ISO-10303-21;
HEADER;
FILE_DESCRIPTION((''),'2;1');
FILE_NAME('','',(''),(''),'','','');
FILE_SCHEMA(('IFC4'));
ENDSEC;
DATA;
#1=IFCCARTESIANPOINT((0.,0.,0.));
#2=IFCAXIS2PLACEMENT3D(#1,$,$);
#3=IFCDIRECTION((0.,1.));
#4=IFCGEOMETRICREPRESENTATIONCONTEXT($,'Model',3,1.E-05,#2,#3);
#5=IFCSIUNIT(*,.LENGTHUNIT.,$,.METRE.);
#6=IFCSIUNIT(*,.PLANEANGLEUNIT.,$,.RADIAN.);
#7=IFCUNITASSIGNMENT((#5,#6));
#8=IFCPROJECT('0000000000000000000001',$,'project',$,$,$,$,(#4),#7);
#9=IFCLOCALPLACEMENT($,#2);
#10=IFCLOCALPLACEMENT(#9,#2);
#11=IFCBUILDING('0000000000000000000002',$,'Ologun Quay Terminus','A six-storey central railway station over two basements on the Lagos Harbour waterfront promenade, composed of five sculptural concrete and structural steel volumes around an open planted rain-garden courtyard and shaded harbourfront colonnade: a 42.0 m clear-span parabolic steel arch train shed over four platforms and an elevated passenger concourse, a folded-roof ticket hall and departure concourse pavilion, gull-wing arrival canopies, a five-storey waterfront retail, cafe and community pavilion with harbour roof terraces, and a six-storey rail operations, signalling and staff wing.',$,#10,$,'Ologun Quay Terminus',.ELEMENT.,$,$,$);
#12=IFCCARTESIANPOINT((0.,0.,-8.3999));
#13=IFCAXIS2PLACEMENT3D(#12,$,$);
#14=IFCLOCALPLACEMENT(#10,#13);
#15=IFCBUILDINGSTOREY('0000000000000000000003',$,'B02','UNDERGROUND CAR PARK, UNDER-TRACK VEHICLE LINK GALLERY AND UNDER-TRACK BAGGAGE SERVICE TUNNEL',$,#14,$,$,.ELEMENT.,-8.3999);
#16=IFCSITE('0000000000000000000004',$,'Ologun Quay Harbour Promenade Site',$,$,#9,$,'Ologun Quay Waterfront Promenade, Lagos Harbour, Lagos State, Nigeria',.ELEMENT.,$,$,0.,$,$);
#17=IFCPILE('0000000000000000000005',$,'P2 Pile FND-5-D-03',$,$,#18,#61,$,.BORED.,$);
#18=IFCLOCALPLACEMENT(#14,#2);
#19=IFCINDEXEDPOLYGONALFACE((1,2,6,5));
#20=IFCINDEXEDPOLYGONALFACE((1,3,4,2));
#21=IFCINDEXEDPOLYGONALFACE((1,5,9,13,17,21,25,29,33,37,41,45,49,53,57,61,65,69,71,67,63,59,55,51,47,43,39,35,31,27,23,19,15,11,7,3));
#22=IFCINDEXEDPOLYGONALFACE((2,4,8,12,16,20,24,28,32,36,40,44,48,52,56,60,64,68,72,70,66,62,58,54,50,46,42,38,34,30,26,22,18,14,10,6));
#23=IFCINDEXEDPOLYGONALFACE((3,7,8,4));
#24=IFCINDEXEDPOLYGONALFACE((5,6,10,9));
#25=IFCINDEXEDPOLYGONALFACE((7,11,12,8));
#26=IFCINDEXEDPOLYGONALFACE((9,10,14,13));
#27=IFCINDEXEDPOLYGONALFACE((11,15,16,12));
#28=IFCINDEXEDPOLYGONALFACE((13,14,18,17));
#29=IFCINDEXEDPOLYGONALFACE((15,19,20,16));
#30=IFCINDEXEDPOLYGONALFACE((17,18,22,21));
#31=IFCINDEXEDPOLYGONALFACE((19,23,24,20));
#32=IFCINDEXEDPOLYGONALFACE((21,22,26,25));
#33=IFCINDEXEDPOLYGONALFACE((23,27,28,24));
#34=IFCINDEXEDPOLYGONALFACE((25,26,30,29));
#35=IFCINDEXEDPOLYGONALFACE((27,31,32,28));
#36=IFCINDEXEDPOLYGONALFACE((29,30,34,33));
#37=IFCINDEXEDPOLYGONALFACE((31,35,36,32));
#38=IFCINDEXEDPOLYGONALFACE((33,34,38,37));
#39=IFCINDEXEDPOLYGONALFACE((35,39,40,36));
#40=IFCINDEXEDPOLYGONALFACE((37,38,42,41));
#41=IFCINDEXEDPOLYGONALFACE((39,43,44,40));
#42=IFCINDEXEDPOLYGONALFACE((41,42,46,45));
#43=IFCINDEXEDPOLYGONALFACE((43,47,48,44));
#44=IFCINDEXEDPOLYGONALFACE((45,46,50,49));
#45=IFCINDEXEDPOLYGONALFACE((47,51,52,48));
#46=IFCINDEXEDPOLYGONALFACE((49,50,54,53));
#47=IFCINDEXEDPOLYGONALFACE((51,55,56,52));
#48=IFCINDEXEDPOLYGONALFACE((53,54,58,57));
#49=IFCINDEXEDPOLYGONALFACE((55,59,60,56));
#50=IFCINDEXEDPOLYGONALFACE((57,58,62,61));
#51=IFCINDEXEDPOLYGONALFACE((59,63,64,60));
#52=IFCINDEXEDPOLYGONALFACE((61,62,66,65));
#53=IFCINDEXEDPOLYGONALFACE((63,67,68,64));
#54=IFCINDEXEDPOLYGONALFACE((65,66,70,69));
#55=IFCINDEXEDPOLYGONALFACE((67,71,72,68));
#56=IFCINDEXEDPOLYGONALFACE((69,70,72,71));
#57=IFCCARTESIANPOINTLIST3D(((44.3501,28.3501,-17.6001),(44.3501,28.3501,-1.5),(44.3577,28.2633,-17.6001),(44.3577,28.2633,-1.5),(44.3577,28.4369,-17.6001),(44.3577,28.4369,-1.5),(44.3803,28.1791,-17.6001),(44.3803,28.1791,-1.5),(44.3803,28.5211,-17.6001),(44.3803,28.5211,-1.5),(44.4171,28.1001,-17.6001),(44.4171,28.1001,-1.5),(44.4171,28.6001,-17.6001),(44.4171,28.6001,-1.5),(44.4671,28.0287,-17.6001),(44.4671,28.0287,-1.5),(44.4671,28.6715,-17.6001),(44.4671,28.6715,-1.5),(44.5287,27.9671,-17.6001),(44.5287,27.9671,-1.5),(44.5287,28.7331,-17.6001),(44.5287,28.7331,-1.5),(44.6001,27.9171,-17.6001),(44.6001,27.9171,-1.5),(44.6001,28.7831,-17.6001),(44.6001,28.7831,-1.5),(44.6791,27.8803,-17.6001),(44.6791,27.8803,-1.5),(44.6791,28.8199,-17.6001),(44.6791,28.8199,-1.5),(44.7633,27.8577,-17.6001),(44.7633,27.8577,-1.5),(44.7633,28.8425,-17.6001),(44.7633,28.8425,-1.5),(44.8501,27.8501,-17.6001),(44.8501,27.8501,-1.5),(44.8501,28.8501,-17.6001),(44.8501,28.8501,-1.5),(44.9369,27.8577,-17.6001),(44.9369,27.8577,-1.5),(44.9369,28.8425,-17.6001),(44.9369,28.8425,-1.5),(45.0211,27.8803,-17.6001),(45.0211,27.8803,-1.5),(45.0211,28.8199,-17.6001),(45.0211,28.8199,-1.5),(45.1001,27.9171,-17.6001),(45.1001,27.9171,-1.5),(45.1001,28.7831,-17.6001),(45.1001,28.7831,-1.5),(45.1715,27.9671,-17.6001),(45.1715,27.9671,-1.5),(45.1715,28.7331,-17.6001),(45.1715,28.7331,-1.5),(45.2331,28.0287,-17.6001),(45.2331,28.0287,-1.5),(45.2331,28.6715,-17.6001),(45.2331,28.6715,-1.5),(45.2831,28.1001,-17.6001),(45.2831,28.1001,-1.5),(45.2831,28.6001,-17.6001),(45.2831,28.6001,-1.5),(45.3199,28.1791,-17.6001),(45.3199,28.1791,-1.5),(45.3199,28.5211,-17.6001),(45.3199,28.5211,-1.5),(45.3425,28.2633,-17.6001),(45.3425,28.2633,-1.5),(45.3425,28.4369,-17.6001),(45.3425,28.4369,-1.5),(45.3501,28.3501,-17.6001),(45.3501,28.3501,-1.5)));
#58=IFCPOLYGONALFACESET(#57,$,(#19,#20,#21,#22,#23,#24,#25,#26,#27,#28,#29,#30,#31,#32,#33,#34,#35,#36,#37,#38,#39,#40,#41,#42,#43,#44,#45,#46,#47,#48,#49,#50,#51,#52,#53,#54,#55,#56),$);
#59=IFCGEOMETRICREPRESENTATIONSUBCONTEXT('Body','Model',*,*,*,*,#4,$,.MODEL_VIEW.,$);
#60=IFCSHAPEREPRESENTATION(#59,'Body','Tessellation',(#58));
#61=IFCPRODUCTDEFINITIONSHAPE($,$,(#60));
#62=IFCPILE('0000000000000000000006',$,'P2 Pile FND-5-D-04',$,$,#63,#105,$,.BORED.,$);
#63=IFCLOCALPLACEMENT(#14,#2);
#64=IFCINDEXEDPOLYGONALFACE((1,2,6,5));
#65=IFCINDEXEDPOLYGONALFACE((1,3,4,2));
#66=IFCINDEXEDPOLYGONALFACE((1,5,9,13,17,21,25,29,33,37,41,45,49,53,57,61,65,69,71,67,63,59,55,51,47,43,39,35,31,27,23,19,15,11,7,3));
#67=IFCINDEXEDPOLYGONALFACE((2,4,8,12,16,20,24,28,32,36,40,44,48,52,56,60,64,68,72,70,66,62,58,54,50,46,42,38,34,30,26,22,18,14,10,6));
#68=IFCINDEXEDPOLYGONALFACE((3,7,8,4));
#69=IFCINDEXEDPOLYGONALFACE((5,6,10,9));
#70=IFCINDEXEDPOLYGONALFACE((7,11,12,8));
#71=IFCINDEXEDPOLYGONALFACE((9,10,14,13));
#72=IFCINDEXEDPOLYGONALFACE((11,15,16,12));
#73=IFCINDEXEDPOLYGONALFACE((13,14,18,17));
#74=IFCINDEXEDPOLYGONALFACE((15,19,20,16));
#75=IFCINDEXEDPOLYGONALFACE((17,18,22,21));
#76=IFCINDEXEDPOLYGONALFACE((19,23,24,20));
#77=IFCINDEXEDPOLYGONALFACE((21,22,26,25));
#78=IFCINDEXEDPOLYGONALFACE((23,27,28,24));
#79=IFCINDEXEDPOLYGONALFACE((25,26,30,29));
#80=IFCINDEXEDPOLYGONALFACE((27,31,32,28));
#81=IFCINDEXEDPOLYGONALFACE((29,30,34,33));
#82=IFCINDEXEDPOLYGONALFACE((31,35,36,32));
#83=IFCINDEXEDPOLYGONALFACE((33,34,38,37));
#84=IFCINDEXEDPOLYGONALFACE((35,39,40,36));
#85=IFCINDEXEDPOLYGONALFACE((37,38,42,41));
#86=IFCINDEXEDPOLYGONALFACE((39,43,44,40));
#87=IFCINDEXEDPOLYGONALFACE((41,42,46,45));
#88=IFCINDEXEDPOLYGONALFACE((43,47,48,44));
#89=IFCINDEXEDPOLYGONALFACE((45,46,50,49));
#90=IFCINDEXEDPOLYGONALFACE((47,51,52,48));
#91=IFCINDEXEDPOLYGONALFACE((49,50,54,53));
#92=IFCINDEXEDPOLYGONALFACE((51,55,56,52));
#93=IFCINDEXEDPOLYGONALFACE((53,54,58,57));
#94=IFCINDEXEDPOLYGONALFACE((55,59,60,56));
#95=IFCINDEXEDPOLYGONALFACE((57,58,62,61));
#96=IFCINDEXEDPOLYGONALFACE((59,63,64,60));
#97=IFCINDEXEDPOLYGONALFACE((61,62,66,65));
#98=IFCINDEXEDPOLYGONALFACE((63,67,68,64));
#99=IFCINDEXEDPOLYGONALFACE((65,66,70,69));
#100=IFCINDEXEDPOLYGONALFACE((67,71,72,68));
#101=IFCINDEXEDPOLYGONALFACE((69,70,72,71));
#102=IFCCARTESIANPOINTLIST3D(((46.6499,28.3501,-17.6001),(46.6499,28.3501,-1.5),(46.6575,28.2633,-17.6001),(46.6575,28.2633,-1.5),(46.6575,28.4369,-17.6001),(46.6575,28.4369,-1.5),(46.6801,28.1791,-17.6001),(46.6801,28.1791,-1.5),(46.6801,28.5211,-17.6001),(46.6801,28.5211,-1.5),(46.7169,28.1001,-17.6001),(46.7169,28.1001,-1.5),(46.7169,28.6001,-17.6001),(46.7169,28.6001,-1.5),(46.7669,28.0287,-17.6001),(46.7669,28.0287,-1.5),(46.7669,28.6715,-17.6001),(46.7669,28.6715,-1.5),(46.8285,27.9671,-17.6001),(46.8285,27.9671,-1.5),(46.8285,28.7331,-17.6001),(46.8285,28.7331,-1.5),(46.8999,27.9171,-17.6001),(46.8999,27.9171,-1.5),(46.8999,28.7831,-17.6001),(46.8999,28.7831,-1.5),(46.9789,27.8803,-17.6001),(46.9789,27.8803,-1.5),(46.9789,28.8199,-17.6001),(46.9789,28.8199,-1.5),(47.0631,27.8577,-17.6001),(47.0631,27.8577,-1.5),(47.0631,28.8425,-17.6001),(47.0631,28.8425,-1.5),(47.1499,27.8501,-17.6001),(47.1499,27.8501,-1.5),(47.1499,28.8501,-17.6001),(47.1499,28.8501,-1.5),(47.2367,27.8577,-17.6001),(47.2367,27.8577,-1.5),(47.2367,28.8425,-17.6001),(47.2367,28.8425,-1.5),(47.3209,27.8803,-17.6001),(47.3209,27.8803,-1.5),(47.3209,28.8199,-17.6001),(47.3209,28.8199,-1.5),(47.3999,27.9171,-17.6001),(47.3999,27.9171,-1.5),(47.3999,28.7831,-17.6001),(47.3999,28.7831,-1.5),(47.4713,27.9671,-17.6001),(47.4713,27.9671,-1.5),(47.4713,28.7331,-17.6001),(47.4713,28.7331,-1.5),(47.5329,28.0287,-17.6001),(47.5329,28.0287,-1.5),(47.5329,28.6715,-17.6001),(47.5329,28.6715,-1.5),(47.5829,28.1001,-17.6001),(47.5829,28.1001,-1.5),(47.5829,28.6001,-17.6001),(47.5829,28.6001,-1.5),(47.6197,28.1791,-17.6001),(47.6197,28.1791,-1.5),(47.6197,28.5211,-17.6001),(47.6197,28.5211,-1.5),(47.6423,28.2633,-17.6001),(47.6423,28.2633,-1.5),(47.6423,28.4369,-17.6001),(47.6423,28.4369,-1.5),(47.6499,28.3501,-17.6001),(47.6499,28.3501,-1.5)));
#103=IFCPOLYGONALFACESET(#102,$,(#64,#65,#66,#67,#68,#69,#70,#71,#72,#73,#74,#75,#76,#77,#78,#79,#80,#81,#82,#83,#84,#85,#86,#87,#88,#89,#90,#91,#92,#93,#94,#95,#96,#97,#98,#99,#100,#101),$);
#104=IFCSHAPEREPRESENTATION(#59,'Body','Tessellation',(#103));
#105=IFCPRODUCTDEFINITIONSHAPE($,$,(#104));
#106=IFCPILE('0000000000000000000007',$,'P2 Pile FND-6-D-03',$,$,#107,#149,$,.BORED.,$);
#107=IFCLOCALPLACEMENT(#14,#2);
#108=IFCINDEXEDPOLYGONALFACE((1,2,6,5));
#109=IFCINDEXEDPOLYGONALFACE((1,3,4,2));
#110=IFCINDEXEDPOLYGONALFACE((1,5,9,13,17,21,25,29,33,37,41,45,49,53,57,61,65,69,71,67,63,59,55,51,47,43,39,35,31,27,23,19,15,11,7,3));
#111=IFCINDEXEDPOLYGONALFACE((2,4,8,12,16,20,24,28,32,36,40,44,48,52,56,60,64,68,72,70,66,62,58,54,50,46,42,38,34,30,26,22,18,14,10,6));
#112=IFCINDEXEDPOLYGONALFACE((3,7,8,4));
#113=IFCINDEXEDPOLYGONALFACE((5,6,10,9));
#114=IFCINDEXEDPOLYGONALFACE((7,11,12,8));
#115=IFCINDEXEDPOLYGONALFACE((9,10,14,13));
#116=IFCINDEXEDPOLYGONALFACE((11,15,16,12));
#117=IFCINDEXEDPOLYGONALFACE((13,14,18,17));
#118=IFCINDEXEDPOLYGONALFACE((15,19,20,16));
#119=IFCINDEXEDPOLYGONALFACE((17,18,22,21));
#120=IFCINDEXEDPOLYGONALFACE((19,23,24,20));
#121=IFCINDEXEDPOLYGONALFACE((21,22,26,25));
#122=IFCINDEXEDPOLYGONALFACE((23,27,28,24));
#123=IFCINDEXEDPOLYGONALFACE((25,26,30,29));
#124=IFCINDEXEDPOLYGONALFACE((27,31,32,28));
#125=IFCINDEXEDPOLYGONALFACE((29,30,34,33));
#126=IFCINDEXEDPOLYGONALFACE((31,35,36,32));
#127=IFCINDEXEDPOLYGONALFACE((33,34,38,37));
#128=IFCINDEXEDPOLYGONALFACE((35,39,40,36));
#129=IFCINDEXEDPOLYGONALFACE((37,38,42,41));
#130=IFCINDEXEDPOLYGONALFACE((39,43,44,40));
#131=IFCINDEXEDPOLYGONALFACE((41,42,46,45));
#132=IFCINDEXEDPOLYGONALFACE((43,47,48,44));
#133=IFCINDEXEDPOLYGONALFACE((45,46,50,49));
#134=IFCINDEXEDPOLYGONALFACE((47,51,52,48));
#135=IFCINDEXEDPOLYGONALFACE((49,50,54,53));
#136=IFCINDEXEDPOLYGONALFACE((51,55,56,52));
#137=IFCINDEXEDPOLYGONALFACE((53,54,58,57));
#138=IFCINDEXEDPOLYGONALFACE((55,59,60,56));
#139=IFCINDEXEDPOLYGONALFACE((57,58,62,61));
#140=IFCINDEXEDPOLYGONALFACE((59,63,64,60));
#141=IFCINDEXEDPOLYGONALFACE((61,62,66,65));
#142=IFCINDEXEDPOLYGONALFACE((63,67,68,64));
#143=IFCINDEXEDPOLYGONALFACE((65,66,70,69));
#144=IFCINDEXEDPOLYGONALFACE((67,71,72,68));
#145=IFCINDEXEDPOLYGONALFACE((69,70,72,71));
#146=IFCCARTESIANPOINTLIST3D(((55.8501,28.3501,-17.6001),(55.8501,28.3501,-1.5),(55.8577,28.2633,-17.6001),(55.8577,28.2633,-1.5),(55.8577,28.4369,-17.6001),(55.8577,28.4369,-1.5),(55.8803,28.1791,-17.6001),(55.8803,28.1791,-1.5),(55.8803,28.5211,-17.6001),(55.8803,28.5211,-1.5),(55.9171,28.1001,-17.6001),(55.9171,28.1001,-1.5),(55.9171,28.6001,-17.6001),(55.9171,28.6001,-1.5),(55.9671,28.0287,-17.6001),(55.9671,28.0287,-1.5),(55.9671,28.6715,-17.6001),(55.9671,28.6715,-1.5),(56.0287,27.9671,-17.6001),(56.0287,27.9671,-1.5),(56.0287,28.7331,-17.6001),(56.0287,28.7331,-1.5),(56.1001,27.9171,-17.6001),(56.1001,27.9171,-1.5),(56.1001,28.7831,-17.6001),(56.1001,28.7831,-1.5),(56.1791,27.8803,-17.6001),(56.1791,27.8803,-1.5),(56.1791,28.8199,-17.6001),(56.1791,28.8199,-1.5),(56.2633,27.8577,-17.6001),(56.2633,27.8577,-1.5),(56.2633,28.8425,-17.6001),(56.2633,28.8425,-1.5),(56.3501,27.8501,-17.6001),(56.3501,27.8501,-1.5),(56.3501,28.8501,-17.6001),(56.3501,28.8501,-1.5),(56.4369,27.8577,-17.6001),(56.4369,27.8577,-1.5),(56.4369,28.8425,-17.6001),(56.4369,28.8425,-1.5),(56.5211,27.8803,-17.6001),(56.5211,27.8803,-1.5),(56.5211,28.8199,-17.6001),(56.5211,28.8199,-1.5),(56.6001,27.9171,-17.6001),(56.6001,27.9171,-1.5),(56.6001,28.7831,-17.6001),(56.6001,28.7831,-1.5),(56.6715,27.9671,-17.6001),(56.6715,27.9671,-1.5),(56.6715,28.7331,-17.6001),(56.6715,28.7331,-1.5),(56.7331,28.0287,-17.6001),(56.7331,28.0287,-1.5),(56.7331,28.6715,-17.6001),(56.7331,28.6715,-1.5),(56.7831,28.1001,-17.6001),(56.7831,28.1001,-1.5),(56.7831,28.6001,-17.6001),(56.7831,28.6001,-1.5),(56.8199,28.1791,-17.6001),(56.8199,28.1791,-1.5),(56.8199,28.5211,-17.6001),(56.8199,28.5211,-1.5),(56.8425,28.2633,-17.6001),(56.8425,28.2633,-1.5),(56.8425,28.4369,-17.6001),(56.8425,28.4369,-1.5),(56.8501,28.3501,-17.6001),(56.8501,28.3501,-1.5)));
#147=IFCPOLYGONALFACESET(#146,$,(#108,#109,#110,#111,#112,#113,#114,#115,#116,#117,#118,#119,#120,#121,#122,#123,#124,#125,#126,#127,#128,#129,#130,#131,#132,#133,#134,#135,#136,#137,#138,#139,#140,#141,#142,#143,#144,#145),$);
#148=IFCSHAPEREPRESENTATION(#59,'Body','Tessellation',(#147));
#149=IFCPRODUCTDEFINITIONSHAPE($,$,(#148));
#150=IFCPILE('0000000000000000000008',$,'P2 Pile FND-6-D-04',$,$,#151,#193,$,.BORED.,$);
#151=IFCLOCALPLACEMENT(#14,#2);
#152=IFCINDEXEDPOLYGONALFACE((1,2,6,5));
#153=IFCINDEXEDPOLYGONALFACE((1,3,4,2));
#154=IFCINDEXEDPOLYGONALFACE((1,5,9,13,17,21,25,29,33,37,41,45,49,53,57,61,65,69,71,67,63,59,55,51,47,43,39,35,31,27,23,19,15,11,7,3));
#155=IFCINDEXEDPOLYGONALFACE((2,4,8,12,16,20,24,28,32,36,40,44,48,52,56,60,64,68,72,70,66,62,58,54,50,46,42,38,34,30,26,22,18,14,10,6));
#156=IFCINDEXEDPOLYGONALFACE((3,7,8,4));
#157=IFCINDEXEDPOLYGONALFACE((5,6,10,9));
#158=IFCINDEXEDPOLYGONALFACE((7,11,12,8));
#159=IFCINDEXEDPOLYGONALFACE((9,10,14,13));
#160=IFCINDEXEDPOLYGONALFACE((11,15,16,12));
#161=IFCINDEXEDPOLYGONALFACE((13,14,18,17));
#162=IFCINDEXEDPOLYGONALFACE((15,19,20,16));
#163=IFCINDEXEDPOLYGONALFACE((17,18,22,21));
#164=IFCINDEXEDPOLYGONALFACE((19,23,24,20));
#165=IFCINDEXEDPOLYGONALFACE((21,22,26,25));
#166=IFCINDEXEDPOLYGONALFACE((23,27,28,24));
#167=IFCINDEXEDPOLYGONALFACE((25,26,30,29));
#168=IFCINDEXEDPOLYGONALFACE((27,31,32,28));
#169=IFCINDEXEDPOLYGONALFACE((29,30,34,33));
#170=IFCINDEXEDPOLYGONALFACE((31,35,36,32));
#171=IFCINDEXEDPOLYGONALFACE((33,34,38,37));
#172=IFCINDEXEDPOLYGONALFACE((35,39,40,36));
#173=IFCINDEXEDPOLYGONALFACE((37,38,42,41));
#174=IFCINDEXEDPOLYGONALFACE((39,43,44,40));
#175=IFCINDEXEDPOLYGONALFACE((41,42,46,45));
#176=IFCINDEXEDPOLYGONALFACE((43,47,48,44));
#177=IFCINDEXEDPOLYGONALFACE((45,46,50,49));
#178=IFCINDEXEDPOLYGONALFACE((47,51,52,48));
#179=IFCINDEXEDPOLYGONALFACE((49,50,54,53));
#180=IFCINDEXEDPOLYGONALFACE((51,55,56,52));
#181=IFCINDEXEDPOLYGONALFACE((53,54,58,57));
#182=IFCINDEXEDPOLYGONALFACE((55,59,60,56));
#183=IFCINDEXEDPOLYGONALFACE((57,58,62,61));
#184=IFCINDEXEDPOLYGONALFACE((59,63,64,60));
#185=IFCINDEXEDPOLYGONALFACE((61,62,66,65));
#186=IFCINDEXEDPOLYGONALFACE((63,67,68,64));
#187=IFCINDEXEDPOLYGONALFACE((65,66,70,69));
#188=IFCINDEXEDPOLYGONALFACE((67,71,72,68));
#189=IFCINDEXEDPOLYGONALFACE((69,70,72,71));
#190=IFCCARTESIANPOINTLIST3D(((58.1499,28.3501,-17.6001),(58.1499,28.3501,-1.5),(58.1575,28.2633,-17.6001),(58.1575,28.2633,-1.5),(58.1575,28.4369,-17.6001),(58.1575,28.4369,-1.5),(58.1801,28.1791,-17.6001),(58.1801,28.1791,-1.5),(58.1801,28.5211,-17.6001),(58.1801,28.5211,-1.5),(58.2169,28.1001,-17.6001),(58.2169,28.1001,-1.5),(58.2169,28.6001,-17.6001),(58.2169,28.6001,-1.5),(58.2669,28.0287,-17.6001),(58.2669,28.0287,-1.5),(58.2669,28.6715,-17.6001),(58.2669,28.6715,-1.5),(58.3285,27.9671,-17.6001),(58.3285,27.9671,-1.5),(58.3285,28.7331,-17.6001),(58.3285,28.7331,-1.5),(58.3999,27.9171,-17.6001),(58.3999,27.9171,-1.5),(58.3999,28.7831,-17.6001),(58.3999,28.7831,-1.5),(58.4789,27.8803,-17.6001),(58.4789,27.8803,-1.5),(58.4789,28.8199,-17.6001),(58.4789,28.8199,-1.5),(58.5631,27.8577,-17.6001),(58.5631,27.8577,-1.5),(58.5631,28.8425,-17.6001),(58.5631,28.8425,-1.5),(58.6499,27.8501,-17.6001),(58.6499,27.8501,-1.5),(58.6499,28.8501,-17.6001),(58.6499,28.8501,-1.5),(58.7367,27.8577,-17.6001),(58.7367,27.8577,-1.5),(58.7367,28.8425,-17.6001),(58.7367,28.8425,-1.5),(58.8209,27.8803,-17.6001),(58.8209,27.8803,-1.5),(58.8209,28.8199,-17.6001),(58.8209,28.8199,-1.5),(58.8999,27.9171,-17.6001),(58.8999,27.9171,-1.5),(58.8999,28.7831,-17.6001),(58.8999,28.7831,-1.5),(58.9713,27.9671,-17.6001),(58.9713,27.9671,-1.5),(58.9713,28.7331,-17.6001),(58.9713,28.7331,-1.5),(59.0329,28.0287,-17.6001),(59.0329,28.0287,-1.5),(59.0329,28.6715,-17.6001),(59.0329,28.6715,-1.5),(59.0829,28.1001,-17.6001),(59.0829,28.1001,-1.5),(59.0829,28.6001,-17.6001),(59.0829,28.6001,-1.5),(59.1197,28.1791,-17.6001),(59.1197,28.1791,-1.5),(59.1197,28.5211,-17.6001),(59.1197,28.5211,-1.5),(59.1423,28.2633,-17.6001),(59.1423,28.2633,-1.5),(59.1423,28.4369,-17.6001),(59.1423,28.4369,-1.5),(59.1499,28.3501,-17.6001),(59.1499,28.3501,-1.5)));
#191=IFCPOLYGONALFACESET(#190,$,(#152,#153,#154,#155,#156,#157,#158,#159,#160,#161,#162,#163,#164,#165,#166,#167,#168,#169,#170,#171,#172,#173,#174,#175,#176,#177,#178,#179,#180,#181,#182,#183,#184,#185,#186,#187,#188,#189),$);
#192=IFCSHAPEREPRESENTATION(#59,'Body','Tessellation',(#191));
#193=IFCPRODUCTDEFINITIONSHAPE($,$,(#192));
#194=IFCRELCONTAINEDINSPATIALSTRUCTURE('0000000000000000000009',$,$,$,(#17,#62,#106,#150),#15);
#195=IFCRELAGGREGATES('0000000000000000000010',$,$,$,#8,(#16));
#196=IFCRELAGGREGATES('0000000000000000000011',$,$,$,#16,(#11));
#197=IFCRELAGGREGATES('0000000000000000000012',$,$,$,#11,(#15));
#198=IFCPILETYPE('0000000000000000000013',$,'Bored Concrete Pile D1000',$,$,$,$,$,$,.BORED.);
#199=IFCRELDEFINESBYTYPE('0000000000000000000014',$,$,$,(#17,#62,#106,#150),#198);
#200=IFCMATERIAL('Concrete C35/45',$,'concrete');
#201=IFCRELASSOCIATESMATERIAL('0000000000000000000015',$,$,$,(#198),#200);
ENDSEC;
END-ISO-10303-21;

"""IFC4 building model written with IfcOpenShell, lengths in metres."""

from ifc_helpers import new_model, si_unit, direction, frame, origin, origin_2d, place, context, subcontext, project, spatial, circle, extrude, material, material_profile, profile_set, type_object, element, save


model = new_model("IFC4")

# Units and contexts
model_context = context("Model", 3, precision=1e-05, world=origin(), true_north=direction((0.0, 1.0)))
body_context = subcontext(model_context, "Body", "Model", "MODEL_VIEW")
ifc_project = project(units=[si_unit("LENGTHUNIT", "METRE"), si_unit("PLANEANGLEUNIT", "RADIAN")], contexts=[model_context])

# Site, building, storey
site_placement = place(None, origin())
site = spatial("IfcSite", under=ifc_project, at=site_placement, Name="Ologun Quay Harbour Promenade Site", LongName="Ologun Quay Waterfront Promenade, Lagos Harbour, Lagos State, Nigeria", CompositionType="ELEMENT", RefElevation=0.0)
building_placement = place(site_placement, origin())
building = spatial("IfcBuilding", under=site, at=building_placement, Name="Ologun Quay Terminus", Description="A six-storey central railway station over two basements on the Lagos Harbour waterfront promenade, composed of five sculptural concrete and structural steel volumes around an open planted rain-garden courtyard and shaded harbourfront colonnade: a 42.0 m clear-span parabolic steel arch train shed over four platforms and an elevated passenger concourse, a folded-roof ticket hall and departure concourse pavilion, gull-wing arrival canopies, a five-storey waterfront retail, cafe and community pavilion with harbour roof terraces, and a six-storey rail operations, signalling and staff wing.", LongName="Ologun Quay Terminus", CompositionType="ELEMENT")
storey_placement = place(building_placement, frame((0.0, 0.0, -8.3999)))
storey = spatial("IfcBuildingStorey", under=building, at=storey_placement, Name="B02", Description="UNDERGROUND CAR PARK, UNDER-TRACK VEHICLE LINK GALLERY AND UNDER-TRACK BAGGAGE SERVICE TUNNEL", CompositionType="ELEMENT", Elevation=-8.3999)

# Piles
ifc_material_1 = material(Name="Concrete C35/45", Category="concrete")
ifc_material_profile_1 = material_profile(ifc_material_1, circle(Radius=0.5, at=origin_2d()), Name="PILE D1000")
ifc_profile_set_1 = profile_set([ifc_material_profile_1], Name="Concrete C35/45")
pile_type_1 = type_object("IfcPileType", Name="Bored Concrete Pile D1000", PredefinedType="BORED", material=ifc_profile_set_1)
for number, where, z_axis, x_axis, name in (
    (1, (44.8501, 28.3501, -1.5), (0.0, 0.0, -1.0), (1.0, 0.0, 0.0), "P2 Pile FND-5-D-03"),
    (2, (47.1499, 28.3501, -1.5), (0.0, 0.0, -1.0), (1.0, 0.0, 0.0), "P2 Pile FND-5-D-04"),
    (3, (56.3501, 28.3501, -1.5), (0.0, 0.0, -1.0), (1.0, 0.0, 0.0), "P2 Pile FND-6-D-03"),
    (4, (58.6499, 28.3501, -1.5), (0.0, 0.0, -1.0), (1.0, 0.0, 0.0), "P2 Pile FND-6-D-04"),
):
    element("IfcPile", number, at=place(storey_placement, frame(where, z_axis=z_axis, x_axis=x_axis)), inside=storey, type_object=pile_type_1, Name=name, PredefinedType="BORED", context=body_context, shape_type="SweptSolid", body=[
        extrude(circle(Radius=0.5, at=origin_2d()), origin(), (0.0, 0.0, 1.0), 16.1001),
    ])

save(model, "model.ifc")
